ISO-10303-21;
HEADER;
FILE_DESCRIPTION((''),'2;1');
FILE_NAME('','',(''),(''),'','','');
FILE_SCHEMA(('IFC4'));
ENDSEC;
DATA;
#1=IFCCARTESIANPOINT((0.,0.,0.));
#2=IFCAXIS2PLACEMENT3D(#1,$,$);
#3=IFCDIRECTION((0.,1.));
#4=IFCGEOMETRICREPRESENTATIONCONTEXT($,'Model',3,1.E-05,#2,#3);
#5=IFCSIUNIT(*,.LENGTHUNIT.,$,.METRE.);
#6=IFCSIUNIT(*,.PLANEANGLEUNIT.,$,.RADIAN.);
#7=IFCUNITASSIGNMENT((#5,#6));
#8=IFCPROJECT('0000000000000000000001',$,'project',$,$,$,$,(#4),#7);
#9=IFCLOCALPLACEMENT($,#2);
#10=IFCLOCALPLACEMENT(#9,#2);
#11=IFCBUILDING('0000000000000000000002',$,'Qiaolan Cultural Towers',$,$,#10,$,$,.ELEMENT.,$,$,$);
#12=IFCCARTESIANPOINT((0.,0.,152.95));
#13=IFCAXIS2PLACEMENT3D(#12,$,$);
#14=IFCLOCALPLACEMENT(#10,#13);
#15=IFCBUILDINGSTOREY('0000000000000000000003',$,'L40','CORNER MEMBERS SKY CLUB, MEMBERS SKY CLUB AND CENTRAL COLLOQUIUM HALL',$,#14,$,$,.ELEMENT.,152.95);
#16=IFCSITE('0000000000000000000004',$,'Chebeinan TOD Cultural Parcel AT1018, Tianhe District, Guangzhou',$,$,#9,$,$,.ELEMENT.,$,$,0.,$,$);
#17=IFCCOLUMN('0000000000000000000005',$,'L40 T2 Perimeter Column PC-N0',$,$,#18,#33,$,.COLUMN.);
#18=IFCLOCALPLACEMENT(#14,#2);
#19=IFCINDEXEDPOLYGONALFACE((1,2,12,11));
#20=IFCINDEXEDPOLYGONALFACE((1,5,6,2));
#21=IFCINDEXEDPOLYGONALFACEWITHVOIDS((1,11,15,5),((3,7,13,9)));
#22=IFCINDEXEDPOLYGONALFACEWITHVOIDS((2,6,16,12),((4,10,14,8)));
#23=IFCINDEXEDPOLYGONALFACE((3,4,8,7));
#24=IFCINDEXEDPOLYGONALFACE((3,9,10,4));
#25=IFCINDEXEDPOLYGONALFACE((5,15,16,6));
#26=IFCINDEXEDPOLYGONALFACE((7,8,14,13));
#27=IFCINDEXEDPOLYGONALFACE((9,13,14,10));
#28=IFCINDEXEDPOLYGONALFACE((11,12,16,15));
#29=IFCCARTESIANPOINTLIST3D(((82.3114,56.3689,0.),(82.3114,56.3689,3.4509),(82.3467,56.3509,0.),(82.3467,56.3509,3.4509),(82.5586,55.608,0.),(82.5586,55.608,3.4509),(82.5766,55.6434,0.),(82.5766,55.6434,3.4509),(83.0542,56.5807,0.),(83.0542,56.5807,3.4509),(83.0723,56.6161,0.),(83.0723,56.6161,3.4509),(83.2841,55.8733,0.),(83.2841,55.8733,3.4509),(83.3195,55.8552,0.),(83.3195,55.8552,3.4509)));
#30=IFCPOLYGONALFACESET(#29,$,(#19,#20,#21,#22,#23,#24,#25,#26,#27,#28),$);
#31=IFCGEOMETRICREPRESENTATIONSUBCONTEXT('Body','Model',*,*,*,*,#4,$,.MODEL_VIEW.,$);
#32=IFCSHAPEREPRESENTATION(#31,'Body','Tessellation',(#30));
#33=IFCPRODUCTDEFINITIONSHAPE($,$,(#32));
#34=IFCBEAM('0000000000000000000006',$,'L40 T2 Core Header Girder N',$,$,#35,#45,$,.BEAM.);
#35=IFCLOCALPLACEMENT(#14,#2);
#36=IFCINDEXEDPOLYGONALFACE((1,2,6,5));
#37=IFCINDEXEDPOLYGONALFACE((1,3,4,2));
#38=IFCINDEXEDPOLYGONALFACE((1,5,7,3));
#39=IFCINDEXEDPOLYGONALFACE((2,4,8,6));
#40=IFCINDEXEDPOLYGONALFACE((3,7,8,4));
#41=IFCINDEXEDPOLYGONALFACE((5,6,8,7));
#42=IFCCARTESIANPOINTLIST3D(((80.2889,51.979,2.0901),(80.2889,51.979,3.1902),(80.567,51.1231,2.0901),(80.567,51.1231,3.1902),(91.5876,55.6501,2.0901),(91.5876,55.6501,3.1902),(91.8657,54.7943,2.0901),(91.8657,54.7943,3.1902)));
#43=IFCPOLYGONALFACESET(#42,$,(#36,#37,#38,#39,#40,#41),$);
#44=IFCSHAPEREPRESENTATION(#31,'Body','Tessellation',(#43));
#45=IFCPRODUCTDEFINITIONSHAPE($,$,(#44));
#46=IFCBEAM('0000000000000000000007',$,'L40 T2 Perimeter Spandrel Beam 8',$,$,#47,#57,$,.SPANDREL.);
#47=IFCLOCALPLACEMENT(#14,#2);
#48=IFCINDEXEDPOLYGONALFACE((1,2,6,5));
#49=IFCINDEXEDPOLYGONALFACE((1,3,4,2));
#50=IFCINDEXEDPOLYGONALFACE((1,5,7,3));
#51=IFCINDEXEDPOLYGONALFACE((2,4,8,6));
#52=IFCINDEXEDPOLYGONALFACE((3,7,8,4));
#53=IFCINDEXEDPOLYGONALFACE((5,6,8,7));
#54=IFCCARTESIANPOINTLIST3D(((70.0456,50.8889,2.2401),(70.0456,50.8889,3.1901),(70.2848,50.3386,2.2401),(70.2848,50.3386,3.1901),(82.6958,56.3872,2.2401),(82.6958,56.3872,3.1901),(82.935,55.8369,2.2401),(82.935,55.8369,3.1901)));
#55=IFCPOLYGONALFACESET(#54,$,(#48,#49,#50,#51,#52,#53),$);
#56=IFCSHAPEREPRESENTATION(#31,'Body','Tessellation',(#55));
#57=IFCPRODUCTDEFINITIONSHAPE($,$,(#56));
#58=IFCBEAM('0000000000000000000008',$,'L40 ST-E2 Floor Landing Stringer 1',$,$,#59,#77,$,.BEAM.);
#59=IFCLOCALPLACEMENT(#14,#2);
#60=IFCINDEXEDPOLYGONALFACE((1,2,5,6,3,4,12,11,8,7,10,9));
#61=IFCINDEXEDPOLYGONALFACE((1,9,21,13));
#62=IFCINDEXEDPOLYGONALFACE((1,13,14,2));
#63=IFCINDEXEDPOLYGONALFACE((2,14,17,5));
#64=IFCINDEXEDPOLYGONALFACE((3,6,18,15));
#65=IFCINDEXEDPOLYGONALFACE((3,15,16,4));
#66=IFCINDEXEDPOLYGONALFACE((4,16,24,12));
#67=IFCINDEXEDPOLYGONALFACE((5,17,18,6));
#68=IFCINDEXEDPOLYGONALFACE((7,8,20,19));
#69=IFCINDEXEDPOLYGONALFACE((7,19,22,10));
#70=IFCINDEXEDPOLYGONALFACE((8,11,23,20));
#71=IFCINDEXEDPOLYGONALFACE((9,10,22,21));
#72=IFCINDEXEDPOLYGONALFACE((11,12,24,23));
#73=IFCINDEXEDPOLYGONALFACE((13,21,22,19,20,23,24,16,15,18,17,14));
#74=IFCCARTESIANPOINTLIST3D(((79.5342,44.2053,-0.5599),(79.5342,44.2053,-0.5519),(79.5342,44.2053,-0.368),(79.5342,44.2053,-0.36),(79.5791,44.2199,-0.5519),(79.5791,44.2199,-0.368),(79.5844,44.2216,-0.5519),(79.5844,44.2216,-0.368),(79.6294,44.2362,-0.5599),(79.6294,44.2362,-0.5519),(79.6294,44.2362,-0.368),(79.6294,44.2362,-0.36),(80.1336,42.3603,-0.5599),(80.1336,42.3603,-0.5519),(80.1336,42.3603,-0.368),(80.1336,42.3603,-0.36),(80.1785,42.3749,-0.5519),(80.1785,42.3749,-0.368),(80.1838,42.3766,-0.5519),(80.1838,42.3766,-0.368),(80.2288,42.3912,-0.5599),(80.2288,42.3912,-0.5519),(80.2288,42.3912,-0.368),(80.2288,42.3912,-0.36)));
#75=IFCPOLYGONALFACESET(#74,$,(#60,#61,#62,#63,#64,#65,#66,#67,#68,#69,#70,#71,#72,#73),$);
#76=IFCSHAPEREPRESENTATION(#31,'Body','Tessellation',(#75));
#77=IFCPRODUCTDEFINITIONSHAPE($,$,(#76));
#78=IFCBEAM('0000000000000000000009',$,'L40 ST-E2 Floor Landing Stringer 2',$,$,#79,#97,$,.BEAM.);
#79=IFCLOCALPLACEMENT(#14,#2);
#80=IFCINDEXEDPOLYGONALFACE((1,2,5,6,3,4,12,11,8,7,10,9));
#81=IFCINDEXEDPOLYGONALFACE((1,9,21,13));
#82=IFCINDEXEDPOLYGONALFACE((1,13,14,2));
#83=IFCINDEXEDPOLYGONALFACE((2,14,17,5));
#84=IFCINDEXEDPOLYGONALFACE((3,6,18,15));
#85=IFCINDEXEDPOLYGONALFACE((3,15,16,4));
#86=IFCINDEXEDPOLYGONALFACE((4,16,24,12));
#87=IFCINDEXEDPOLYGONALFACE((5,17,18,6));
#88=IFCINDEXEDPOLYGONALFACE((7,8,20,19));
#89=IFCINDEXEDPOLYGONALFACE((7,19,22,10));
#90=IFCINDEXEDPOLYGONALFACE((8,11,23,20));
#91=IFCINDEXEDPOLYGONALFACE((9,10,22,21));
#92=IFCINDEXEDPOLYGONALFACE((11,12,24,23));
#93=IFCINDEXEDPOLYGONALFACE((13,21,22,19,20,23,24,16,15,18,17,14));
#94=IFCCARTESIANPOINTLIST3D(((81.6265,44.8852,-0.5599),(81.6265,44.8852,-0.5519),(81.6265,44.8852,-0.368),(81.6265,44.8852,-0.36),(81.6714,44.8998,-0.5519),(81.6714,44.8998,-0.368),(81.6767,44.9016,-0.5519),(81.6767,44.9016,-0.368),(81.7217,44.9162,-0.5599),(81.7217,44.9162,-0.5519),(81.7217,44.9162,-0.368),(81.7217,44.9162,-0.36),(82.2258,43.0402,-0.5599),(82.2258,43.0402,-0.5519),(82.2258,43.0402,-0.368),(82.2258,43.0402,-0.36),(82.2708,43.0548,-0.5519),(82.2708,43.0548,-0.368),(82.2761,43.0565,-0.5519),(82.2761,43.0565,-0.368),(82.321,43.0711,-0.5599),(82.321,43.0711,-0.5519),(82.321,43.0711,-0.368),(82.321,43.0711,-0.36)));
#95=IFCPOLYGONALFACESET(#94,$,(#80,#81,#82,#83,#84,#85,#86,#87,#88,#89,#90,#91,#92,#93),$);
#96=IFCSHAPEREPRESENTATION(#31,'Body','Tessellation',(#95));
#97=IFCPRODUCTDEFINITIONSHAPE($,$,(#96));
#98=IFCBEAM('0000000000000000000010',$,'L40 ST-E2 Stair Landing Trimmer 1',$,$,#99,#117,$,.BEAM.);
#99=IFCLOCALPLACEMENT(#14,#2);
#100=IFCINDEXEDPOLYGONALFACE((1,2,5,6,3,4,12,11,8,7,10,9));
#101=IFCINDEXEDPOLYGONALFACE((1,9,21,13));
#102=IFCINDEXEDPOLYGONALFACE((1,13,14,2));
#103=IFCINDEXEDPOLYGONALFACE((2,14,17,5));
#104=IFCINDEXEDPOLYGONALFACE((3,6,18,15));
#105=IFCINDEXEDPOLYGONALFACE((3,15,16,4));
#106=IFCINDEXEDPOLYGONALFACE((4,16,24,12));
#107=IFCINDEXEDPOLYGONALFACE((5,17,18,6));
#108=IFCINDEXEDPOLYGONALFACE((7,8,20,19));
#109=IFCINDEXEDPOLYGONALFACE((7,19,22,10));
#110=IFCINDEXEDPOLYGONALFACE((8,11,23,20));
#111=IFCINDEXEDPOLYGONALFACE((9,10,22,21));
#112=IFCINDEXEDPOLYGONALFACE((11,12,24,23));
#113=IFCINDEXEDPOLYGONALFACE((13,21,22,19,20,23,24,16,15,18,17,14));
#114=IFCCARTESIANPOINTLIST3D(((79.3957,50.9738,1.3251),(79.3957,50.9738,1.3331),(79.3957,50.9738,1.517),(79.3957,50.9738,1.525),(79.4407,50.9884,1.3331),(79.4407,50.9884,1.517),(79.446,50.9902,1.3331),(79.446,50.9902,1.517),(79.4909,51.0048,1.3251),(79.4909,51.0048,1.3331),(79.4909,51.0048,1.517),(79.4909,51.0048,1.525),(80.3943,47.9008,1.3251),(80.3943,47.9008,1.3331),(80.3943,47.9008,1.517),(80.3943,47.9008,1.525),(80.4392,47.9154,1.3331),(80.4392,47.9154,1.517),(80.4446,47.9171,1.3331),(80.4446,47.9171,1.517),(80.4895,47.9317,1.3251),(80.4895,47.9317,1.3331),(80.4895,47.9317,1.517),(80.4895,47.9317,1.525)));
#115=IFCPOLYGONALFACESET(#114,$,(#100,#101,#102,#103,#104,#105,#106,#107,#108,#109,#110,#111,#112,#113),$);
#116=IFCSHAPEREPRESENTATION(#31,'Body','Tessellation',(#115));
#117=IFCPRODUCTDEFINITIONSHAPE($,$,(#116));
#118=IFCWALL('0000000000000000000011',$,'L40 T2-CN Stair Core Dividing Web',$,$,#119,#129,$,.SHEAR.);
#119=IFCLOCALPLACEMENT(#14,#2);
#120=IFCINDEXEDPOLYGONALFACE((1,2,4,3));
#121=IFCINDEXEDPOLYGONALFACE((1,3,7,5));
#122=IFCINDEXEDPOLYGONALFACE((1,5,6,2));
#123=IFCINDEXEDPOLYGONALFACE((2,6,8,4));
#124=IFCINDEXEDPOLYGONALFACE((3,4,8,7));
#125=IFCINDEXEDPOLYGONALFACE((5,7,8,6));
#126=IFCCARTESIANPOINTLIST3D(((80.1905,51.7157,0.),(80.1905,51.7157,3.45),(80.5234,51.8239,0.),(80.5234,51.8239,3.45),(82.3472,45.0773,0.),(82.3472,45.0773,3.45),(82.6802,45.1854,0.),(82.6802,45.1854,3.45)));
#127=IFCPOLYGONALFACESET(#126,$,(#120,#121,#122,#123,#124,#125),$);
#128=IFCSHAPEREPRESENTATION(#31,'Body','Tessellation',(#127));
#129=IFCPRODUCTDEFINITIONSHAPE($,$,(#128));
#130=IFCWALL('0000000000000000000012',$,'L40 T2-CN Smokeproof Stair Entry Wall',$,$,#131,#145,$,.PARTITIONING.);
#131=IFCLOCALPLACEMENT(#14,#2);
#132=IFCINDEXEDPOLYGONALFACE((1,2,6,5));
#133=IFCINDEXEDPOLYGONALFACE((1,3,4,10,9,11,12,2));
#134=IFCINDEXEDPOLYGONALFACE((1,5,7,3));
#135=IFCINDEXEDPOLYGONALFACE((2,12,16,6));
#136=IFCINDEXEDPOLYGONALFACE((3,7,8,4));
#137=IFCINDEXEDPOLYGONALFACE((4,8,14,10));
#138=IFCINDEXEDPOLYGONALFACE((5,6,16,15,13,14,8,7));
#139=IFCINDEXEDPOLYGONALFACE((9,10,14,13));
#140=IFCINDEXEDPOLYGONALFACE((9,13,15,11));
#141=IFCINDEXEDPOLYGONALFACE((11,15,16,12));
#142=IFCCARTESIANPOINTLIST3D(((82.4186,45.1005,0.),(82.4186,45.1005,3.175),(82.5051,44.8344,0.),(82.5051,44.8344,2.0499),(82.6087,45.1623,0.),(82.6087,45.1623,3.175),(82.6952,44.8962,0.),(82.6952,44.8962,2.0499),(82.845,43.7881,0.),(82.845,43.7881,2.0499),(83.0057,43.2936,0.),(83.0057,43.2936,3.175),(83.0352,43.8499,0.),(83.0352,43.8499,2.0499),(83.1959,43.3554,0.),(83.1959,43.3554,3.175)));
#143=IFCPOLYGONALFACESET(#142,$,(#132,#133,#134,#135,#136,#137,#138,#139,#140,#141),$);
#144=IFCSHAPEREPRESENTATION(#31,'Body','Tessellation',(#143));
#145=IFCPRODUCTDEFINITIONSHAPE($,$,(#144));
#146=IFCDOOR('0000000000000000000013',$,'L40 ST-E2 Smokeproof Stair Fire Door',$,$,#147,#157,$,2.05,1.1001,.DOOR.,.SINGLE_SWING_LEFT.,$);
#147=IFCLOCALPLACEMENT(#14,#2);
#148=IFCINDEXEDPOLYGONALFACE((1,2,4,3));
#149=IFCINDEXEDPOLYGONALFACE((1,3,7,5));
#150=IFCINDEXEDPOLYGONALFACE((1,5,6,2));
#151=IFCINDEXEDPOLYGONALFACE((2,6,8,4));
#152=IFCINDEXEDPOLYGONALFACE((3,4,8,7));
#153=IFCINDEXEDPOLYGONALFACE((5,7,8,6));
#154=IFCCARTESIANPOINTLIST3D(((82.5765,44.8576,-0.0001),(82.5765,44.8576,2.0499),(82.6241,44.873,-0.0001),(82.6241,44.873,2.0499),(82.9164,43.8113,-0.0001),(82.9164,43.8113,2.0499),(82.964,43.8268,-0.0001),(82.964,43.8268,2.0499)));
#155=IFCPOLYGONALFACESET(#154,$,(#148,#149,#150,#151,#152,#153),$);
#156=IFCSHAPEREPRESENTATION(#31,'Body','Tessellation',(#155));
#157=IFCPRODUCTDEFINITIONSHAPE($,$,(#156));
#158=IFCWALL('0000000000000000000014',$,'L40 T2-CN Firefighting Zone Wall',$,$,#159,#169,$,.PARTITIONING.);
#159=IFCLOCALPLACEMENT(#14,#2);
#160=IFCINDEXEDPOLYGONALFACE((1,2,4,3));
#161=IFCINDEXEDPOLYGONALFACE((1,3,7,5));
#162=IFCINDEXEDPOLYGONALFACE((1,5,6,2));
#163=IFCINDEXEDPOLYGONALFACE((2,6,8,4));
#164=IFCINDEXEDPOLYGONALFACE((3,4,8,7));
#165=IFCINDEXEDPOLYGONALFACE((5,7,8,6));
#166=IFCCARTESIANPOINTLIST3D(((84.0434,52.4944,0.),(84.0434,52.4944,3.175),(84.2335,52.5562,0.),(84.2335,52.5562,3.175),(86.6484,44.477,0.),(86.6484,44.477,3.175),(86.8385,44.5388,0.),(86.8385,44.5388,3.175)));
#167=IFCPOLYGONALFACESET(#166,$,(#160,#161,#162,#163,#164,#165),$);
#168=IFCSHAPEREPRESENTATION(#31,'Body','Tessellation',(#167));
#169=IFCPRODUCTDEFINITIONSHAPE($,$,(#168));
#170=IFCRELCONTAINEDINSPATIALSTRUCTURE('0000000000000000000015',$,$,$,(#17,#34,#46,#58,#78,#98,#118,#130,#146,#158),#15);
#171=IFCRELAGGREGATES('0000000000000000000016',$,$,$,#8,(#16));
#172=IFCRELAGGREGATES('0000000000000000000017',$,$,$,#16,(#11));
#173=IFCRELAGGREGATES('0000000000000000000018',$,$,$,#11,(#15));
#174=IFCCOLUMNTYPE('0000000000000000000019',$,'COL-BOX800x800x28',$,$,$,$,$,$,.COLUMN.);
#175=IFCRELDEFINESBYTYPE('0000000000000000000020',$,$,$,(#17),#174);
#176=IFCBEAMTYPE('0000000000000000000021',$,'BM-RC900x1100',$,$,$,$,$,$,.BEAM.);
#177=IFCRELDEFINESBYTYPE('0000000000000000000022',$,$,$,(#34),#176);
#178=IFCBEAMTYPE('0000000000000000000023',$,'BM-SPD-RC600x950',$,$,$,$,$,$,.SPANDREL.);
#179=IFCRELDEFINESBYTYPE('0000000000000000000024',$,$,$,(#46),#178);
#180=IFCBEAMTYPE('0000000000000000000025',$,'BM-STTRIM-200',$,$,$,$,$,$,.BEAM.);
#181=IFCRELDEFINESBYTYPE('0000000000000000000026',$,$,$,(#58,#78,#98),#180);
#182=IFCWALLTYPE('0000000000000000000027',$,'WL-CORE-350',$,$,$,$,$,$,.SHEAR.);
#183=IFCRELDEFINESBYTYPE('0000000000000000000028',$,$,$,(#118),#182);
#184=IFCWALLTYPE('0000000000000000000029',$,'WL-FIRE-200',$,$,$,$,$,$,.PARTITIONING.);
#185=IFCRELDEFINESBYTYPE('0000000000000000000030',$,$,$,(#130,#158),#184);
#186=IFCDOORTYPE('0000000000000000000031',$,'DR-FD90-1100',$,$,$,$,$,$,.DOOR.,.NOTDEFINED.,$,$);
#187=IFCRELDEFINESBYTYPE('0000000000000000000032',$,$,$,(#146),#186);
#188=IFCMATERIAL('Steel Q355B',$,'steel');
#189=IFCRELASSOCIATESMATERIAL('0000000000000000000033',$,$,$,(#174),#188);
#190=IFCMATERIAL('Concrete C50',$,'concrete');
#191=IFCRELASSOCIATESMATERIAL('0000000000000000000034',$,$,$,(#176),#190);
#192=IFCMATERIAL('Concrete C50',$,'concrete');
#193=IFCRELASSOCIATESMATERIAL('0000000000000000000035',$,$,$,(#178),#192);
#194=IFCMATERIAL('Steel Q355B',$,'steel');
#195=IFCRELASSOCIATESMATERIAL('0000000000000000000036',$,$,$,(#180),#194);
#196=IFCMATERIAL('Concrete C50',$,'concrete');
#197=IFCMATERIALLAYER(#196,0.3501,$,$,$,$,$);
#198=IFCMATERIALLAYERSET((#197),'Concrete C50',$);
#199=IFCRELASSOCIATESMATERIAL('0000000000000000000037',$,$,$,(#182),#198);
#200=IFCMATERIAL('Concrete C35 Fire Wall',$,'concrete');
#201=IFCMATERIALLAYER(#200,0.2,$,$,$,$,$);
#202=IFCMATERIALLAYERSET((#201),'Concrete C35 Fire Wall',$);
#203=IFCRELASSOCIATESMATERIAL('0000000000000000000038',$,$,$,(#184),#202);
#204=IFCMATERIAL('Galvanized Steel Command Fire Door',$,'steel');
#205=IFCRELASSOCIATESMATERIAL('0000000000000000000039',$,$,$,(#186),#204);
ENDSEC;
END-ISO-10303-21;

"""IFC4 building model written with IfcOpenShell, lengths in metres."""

from ifc_helpers import new_model, si_unit, direction, frame, frame_2d, origin, origin_2d, place, context, subcontext, project, spatial, rectangle, hollow_rectangle, i_section, extrude, material, layer, layer_set, material_profile, profile_set, type_object, element, fill, save


model = new_model("IFC4")

# Units and contexts
model_context = context("Model", 3, precision=1e-05, world=origin(), true_north=direction((0.0, 1.0)))
body_context = subcontext(model_context, "Body", "Model", "MODEL_VIEW")
ifc_project = project(units=[si_unit("LENGTHUNIT", "METRE"), si_unit("PLANEANGLEUNIT", "RADIAN")], contexts=[model_context])

# Site, building, storey
site_placement = place(None, origin())
site = spatial("IfcSite", under=ifc_project, at=site_placement, Name="Chebeinan TOD Cultural Parcel AT1018, Tianhe District, Guangzhou", CompositionType="ELEMENT", RefElevation=0.0)
building_placement = place(site_placement, origin())
building = spatial("IfcBuilding", under=site, at=building_placement, Name="Qiaolan Cultural Towers", CompositionType="ELEMENT")
storey_placement = place(building_placement, frame((0.0, 0.0, 152.95)))
storey = spatial("IfcBuildingStorey", under=building, at=storey_placement, Name="L40", Description="CORNER MEMBERS SKY CLUB, MEMBERS SKY CLUB AND CENTRAL COLLOQUIUM HALL", CompositionType="ELEMENT", Elevation=152.95)

# Column
ifc_material_1 = material(Name="Steel Q355B", Category="steel")
ifc_material_profile_1 = material_profile(ifc_material_1, hollow_rectangle(XDim=0.8, YDim=0.8, WallThickness=0.0281, at=origin_2d()), Name="BOX800x800x28")
ifc_profile_set_1 = profile_set([ifc_material_profile_1], Name="Steel Q355B")
column_type = type_object("IfcColumnType", Name="COL-BOX800x800x28", PredefinedType="COLUMN", material=ifc_profile_set_1)
column_placement = place(storey_placement, frame((82.8154, 56.1121, 0.0), z_axis=(0.0, 0.0, 1.0), x_axis=(0.951057, 0.309017, 0.0)))
element("IfcColumn", 1, at=column_placement, inside=storey, type_object=column_type, Name="L40 T2 Perimeter Column PC-N0", PredefinedType="COLUMN", context=body_context, shape_type="SweptSolid", body=[
    extrude(hollow_rectangle(XDim=0.8, YDim=0.8, WallThickness=0.0281, at=origin_2d()), origin(), (0.0, 0.0, 1.0), 3.4509),
])

# Beams
ifc_material_2 = material(Name="Concrete C50", Category="concrete")
ifc_material_profile_2 = material_profile(ifc_material_2, rectangle(XDim=0.8999, YDim=1.1001, at=origin_2d()), Name="RC900x1100")
ifc_profile_set_2 = profile_set([ifc_material_profile_2], Name="Concrete C50")
beam_type_1 = type_object("IfcBeamType", Name="BM-RC900x1100", PredefinedType="BEAM", material=ifc_profile_set_2)
beam_1_placement = place(storey_placement, frame((80.428, 51.551, 2.6401), z_axis=(0.951056, 0.309018, 0.0), x_axis=(-0.309018, 0.951056, 0.0)))
element("IfcBeam", 2, at=beam_1_placement, inside=storey, type_object=beam_type_1, Name="L40 T2 Core Header Girder N", PredefinedType="BEAM", context=body_context, shape_type="SweptSolid", body=[
    extrude(rectangle(XDim=0.8999, YDim=1.1001, at=origin_2d()), origin(), (0.0, 0.0, 1.0), 11.8801),
])
ifc_material_3 = material(Name="Concrete C50", Category="concrete")
ifc_material_profile_3 = material_profile(ifc_material_3, rectangle(XDim=0.6001, YDim=0.95, at=origin_2d()), Name="RC600x950")
ifc_profile_set_3 = profile_set([ifc_material_profile_3], Name="Concrete C50")
beam_type_2 = type_object("IfcBeamType", Name="BM-SPD-RC600x950", PredefinedType="SPANDREL", material=ifc_profile_set_3)
beam_2_placement = place(storey_placement, frame((82.8154, 56.1121, 2.7151), z_axis=(-0.917117, -0.398618, 0.0), x_axis=(0.398618, -0.917117, 0.0)))
element("IfcBeam", 3, at=beam_2_placement, inside=storey, type_object=beam_type_2, Name="L40 T2 Perimeter Spandrel Beam 8", PredefinedType="SPANDREL", context=body_context, shape_type="SweptSolid", body=[
    extrude(rectangle(XDim=0.6001, YDim=0.95, at=origin_2d()), origin(), (0.0, 0.0, 1.0), 13.7935),
])
ifc_material_4 = material(Name="Steel Q355B", Category="steel")
ifc_material_profile_4 = material_profile(ifc_material_4, i_section(OverallWidth=0.1001, OverallDepth=0.2, WebThickness=0.0056, FlangeThickness=0.0081, at=origin_2d()), Name="HN200x100x5.5x8")
ifc_profile_set_4 = profile_set([ifc_material_profile_4], Name="Steel Q355B")
beam_type_3 = type_object("IfcBeamType", Name="BM-STTRIM-200", PredefinedType="BEAM", material=ifc_profile_set_4)
for number, where, z_axis, x_axis, name in (
    (4, (80.1812, 42.3757, -0.46), (-0.308969, 0.951072, 0.0), (-0.951072, -0.308969, 0.0), "L40 ST-E2 Floor Landing Stringer 1"),
    (5, (82.2734, 43.0557, -0.46), (-0.308969, 0.951072, 0.0), (-0.951072, -0.308969, 0.0), "L40 ST-E2 Floor Landing Stringer 2"),
):
    element("IfcBeam", number, at=place(storey_placement, frame(where, z_axis=z_axis, x_axis=x_axis)), inside=storey, type_object=beam_type_3, Name=name, PredefinedType="BEAM", context=body_context, shape_type="SweptSolid", body=[
        extrude(i_section(OverallWidth=0.1001, OverallDepth=0.2, WebThickness=0.0056, FlangeThickness=0.0081, at=origin_2d()), origin(), (0.0, 0.0, 1.0), 1.9399),
    ])
beam_3_placement = place(storey_placement, frame((80.4419, 47.9163, 1.425), z_axis=(-0.309033, 0.951051, 0.0), x_axis=(-0.951051, -0.309033, 0.0)))
element("IfcBeam", 6, at=beam_3_placement, inside=storey, type_object=beam_type_3, Name="L40 ST-E2 Stair Landing Trimmer 1", PredefinedType="BEAM", context=body_context, shape_type="SweptSolid", body=[
    extrude(i_section(OverallWidth=0.1001, OverallDepth=0.2, WebThickness=0.0056, FlangeThickness=0.0081, at=origin_2d()), origin(), (0.0, 0.0, 1.0), 3.2312),
])

# Wall
ifc_material_5 = material(Name="Concrete C50", Category="concrete")
ifc_layer_1 = layer(ifc_material_5, 0.3501)
ifc_layer_set_1 = layer_set([ifc_layer_1], Name="Concrete C50")
wall_type_1 = type_object("IfcWallType", Name="WL-CORE-350", PredefinedType="SHEAR", material=ifc_layer_set_1)
wall_1_placement = place(storey_placement, frame((82.5137, 45.1313, 0.0), z_axis=(0.0, 0.0, 1.0), x_axis=(-0.308989, 0.951066, 0.0)))
element("IfcWall", 7, at=wall_1_placement, inside=storey, type_object=wall_type_1, Name="L40 T2-CN Stair Core Dividing Web", PredefinedType="SHEAR", context=body_context, shape_type="SweptSolid", body=[
    extrude(rectangle(XDim=6.98, YDim=0.3501, at=frame_2d((3.49, 0.0))), origin(), (0.0, 0.0, 1.0), 3.45),
])

# Wall, opening, door
ifc_material_6 = material(Name="Concrete C35 Fire Wall", Category="concrete")
ifc_layer_2 = layer(ifc_material_6, 0.2)
ifc_layer_set_2 = layer_set([ifc_layer_2], Name="Concrete C35 Fire Wall")
wall_type_2 = type_object("IfcWallType", Name="WL-FIRE-200", PredefinedType="PARTITIONING", material=ifc_layer_set_2)
wall_2_placement = place(storey_placement, frame((83.1008, 43.3245, 0.0), z_axis=(0.0, 0.0, 1.0), x_axis=(-0.309048, 0.951046, 0.0)))
wall_2 = element("IfcWall", 8, at=wall_2_placement, inside=storey, type_object=wall_type_2, Name="L40 T2-CN Smokeproof Stair Entry Wall", PredefinedType="PARTITIONING", context=body_context, shape_type="SweptSolid", body=[
    extrude(rectangle(XDim=1.8999, YDim=0.2, at=frame_2d((0.95, 0.0))), origin(), (0.0, 0.0, 1.0), 3.175),
])
opening_1_placement = place(wall_2_placement, frame((0.52, 0.0, 0.0)))
opening_1 = element("IfcOpeningElement", 9, at=opening_1_placement, cuts=wall_2, PredefinedType="OPENING", context=body_context, shape_type="SweptSolid", body=[
    extrude(rectangle(XDim=1.1001, YDim=2.05, at=frame_2d((0.55, 1.0249))), frame((0.0, 0.1099, 0.0), z_axis=(0.0, -1.0, 0.0), x_axis=(1.0, 0.0, 0.0)), (0.0, 0.0, 1.0), 0.22),
])
ifc_material_7 = material(Name="Galvanized Steel Command Fire Door", Category="steel")
door_type_1 = type_object("IfcDoorType", Name="DR-FD90-1100", OperationType="NOTDEFINED", PredefinedType="DOOR", material=ifc_material_7)
door_1_placement = place(opening_1_placement, origin())
door_1 = element("IfcDoor", 10, at=door_1_placement, inside=storey, type_object=door_type_1, Name="L40 ST-E2 Smokeproof Stair Fire Door", OperationType="SINGLE_SWING_LEFT", OverallHeight=2.05, OverallWidth=1.1001, PredefinedType="DOOR", context=body_context, shape_type="SweptSolid", body=[
    extrude(rectangle(XDim=1.1001, YDim=2.05, at=frame_2d((0.55, 1.0249))), frame((0.0, 0.0249, 0.0), z_axis=(0.0, -1.0, 0.0), x_axis=(1.0, 0.0, 0.0)), (0.0, 0.0, 1.0), 0.05),
])
fill(opening_1, door_1)

# Wall
wall_3_placement = place(storey_placement, frame((86.7434, 44.5081, 0.0), z_axis=(0.0, 0.0, 1.0), x_axis=(-0.309016, 0.951057, 0.0)))
element("IfcWall", 11, at=wall_3_placement, inside=storey, type_object=wall_type_2, Name="L40 T2-CN Firefighting Zone Wall", PredefinedType="PARTITIONING", context=body_context, shape_type="SweptSolid", body=[
    extrude(rectangle(XDim=8.4299, YDim=0.2, at=frame_2d((4.2148, 0.0))), origin(), (0.0, 0.0, 1.0), 3.175),
])

save(model, "model.ifc")
